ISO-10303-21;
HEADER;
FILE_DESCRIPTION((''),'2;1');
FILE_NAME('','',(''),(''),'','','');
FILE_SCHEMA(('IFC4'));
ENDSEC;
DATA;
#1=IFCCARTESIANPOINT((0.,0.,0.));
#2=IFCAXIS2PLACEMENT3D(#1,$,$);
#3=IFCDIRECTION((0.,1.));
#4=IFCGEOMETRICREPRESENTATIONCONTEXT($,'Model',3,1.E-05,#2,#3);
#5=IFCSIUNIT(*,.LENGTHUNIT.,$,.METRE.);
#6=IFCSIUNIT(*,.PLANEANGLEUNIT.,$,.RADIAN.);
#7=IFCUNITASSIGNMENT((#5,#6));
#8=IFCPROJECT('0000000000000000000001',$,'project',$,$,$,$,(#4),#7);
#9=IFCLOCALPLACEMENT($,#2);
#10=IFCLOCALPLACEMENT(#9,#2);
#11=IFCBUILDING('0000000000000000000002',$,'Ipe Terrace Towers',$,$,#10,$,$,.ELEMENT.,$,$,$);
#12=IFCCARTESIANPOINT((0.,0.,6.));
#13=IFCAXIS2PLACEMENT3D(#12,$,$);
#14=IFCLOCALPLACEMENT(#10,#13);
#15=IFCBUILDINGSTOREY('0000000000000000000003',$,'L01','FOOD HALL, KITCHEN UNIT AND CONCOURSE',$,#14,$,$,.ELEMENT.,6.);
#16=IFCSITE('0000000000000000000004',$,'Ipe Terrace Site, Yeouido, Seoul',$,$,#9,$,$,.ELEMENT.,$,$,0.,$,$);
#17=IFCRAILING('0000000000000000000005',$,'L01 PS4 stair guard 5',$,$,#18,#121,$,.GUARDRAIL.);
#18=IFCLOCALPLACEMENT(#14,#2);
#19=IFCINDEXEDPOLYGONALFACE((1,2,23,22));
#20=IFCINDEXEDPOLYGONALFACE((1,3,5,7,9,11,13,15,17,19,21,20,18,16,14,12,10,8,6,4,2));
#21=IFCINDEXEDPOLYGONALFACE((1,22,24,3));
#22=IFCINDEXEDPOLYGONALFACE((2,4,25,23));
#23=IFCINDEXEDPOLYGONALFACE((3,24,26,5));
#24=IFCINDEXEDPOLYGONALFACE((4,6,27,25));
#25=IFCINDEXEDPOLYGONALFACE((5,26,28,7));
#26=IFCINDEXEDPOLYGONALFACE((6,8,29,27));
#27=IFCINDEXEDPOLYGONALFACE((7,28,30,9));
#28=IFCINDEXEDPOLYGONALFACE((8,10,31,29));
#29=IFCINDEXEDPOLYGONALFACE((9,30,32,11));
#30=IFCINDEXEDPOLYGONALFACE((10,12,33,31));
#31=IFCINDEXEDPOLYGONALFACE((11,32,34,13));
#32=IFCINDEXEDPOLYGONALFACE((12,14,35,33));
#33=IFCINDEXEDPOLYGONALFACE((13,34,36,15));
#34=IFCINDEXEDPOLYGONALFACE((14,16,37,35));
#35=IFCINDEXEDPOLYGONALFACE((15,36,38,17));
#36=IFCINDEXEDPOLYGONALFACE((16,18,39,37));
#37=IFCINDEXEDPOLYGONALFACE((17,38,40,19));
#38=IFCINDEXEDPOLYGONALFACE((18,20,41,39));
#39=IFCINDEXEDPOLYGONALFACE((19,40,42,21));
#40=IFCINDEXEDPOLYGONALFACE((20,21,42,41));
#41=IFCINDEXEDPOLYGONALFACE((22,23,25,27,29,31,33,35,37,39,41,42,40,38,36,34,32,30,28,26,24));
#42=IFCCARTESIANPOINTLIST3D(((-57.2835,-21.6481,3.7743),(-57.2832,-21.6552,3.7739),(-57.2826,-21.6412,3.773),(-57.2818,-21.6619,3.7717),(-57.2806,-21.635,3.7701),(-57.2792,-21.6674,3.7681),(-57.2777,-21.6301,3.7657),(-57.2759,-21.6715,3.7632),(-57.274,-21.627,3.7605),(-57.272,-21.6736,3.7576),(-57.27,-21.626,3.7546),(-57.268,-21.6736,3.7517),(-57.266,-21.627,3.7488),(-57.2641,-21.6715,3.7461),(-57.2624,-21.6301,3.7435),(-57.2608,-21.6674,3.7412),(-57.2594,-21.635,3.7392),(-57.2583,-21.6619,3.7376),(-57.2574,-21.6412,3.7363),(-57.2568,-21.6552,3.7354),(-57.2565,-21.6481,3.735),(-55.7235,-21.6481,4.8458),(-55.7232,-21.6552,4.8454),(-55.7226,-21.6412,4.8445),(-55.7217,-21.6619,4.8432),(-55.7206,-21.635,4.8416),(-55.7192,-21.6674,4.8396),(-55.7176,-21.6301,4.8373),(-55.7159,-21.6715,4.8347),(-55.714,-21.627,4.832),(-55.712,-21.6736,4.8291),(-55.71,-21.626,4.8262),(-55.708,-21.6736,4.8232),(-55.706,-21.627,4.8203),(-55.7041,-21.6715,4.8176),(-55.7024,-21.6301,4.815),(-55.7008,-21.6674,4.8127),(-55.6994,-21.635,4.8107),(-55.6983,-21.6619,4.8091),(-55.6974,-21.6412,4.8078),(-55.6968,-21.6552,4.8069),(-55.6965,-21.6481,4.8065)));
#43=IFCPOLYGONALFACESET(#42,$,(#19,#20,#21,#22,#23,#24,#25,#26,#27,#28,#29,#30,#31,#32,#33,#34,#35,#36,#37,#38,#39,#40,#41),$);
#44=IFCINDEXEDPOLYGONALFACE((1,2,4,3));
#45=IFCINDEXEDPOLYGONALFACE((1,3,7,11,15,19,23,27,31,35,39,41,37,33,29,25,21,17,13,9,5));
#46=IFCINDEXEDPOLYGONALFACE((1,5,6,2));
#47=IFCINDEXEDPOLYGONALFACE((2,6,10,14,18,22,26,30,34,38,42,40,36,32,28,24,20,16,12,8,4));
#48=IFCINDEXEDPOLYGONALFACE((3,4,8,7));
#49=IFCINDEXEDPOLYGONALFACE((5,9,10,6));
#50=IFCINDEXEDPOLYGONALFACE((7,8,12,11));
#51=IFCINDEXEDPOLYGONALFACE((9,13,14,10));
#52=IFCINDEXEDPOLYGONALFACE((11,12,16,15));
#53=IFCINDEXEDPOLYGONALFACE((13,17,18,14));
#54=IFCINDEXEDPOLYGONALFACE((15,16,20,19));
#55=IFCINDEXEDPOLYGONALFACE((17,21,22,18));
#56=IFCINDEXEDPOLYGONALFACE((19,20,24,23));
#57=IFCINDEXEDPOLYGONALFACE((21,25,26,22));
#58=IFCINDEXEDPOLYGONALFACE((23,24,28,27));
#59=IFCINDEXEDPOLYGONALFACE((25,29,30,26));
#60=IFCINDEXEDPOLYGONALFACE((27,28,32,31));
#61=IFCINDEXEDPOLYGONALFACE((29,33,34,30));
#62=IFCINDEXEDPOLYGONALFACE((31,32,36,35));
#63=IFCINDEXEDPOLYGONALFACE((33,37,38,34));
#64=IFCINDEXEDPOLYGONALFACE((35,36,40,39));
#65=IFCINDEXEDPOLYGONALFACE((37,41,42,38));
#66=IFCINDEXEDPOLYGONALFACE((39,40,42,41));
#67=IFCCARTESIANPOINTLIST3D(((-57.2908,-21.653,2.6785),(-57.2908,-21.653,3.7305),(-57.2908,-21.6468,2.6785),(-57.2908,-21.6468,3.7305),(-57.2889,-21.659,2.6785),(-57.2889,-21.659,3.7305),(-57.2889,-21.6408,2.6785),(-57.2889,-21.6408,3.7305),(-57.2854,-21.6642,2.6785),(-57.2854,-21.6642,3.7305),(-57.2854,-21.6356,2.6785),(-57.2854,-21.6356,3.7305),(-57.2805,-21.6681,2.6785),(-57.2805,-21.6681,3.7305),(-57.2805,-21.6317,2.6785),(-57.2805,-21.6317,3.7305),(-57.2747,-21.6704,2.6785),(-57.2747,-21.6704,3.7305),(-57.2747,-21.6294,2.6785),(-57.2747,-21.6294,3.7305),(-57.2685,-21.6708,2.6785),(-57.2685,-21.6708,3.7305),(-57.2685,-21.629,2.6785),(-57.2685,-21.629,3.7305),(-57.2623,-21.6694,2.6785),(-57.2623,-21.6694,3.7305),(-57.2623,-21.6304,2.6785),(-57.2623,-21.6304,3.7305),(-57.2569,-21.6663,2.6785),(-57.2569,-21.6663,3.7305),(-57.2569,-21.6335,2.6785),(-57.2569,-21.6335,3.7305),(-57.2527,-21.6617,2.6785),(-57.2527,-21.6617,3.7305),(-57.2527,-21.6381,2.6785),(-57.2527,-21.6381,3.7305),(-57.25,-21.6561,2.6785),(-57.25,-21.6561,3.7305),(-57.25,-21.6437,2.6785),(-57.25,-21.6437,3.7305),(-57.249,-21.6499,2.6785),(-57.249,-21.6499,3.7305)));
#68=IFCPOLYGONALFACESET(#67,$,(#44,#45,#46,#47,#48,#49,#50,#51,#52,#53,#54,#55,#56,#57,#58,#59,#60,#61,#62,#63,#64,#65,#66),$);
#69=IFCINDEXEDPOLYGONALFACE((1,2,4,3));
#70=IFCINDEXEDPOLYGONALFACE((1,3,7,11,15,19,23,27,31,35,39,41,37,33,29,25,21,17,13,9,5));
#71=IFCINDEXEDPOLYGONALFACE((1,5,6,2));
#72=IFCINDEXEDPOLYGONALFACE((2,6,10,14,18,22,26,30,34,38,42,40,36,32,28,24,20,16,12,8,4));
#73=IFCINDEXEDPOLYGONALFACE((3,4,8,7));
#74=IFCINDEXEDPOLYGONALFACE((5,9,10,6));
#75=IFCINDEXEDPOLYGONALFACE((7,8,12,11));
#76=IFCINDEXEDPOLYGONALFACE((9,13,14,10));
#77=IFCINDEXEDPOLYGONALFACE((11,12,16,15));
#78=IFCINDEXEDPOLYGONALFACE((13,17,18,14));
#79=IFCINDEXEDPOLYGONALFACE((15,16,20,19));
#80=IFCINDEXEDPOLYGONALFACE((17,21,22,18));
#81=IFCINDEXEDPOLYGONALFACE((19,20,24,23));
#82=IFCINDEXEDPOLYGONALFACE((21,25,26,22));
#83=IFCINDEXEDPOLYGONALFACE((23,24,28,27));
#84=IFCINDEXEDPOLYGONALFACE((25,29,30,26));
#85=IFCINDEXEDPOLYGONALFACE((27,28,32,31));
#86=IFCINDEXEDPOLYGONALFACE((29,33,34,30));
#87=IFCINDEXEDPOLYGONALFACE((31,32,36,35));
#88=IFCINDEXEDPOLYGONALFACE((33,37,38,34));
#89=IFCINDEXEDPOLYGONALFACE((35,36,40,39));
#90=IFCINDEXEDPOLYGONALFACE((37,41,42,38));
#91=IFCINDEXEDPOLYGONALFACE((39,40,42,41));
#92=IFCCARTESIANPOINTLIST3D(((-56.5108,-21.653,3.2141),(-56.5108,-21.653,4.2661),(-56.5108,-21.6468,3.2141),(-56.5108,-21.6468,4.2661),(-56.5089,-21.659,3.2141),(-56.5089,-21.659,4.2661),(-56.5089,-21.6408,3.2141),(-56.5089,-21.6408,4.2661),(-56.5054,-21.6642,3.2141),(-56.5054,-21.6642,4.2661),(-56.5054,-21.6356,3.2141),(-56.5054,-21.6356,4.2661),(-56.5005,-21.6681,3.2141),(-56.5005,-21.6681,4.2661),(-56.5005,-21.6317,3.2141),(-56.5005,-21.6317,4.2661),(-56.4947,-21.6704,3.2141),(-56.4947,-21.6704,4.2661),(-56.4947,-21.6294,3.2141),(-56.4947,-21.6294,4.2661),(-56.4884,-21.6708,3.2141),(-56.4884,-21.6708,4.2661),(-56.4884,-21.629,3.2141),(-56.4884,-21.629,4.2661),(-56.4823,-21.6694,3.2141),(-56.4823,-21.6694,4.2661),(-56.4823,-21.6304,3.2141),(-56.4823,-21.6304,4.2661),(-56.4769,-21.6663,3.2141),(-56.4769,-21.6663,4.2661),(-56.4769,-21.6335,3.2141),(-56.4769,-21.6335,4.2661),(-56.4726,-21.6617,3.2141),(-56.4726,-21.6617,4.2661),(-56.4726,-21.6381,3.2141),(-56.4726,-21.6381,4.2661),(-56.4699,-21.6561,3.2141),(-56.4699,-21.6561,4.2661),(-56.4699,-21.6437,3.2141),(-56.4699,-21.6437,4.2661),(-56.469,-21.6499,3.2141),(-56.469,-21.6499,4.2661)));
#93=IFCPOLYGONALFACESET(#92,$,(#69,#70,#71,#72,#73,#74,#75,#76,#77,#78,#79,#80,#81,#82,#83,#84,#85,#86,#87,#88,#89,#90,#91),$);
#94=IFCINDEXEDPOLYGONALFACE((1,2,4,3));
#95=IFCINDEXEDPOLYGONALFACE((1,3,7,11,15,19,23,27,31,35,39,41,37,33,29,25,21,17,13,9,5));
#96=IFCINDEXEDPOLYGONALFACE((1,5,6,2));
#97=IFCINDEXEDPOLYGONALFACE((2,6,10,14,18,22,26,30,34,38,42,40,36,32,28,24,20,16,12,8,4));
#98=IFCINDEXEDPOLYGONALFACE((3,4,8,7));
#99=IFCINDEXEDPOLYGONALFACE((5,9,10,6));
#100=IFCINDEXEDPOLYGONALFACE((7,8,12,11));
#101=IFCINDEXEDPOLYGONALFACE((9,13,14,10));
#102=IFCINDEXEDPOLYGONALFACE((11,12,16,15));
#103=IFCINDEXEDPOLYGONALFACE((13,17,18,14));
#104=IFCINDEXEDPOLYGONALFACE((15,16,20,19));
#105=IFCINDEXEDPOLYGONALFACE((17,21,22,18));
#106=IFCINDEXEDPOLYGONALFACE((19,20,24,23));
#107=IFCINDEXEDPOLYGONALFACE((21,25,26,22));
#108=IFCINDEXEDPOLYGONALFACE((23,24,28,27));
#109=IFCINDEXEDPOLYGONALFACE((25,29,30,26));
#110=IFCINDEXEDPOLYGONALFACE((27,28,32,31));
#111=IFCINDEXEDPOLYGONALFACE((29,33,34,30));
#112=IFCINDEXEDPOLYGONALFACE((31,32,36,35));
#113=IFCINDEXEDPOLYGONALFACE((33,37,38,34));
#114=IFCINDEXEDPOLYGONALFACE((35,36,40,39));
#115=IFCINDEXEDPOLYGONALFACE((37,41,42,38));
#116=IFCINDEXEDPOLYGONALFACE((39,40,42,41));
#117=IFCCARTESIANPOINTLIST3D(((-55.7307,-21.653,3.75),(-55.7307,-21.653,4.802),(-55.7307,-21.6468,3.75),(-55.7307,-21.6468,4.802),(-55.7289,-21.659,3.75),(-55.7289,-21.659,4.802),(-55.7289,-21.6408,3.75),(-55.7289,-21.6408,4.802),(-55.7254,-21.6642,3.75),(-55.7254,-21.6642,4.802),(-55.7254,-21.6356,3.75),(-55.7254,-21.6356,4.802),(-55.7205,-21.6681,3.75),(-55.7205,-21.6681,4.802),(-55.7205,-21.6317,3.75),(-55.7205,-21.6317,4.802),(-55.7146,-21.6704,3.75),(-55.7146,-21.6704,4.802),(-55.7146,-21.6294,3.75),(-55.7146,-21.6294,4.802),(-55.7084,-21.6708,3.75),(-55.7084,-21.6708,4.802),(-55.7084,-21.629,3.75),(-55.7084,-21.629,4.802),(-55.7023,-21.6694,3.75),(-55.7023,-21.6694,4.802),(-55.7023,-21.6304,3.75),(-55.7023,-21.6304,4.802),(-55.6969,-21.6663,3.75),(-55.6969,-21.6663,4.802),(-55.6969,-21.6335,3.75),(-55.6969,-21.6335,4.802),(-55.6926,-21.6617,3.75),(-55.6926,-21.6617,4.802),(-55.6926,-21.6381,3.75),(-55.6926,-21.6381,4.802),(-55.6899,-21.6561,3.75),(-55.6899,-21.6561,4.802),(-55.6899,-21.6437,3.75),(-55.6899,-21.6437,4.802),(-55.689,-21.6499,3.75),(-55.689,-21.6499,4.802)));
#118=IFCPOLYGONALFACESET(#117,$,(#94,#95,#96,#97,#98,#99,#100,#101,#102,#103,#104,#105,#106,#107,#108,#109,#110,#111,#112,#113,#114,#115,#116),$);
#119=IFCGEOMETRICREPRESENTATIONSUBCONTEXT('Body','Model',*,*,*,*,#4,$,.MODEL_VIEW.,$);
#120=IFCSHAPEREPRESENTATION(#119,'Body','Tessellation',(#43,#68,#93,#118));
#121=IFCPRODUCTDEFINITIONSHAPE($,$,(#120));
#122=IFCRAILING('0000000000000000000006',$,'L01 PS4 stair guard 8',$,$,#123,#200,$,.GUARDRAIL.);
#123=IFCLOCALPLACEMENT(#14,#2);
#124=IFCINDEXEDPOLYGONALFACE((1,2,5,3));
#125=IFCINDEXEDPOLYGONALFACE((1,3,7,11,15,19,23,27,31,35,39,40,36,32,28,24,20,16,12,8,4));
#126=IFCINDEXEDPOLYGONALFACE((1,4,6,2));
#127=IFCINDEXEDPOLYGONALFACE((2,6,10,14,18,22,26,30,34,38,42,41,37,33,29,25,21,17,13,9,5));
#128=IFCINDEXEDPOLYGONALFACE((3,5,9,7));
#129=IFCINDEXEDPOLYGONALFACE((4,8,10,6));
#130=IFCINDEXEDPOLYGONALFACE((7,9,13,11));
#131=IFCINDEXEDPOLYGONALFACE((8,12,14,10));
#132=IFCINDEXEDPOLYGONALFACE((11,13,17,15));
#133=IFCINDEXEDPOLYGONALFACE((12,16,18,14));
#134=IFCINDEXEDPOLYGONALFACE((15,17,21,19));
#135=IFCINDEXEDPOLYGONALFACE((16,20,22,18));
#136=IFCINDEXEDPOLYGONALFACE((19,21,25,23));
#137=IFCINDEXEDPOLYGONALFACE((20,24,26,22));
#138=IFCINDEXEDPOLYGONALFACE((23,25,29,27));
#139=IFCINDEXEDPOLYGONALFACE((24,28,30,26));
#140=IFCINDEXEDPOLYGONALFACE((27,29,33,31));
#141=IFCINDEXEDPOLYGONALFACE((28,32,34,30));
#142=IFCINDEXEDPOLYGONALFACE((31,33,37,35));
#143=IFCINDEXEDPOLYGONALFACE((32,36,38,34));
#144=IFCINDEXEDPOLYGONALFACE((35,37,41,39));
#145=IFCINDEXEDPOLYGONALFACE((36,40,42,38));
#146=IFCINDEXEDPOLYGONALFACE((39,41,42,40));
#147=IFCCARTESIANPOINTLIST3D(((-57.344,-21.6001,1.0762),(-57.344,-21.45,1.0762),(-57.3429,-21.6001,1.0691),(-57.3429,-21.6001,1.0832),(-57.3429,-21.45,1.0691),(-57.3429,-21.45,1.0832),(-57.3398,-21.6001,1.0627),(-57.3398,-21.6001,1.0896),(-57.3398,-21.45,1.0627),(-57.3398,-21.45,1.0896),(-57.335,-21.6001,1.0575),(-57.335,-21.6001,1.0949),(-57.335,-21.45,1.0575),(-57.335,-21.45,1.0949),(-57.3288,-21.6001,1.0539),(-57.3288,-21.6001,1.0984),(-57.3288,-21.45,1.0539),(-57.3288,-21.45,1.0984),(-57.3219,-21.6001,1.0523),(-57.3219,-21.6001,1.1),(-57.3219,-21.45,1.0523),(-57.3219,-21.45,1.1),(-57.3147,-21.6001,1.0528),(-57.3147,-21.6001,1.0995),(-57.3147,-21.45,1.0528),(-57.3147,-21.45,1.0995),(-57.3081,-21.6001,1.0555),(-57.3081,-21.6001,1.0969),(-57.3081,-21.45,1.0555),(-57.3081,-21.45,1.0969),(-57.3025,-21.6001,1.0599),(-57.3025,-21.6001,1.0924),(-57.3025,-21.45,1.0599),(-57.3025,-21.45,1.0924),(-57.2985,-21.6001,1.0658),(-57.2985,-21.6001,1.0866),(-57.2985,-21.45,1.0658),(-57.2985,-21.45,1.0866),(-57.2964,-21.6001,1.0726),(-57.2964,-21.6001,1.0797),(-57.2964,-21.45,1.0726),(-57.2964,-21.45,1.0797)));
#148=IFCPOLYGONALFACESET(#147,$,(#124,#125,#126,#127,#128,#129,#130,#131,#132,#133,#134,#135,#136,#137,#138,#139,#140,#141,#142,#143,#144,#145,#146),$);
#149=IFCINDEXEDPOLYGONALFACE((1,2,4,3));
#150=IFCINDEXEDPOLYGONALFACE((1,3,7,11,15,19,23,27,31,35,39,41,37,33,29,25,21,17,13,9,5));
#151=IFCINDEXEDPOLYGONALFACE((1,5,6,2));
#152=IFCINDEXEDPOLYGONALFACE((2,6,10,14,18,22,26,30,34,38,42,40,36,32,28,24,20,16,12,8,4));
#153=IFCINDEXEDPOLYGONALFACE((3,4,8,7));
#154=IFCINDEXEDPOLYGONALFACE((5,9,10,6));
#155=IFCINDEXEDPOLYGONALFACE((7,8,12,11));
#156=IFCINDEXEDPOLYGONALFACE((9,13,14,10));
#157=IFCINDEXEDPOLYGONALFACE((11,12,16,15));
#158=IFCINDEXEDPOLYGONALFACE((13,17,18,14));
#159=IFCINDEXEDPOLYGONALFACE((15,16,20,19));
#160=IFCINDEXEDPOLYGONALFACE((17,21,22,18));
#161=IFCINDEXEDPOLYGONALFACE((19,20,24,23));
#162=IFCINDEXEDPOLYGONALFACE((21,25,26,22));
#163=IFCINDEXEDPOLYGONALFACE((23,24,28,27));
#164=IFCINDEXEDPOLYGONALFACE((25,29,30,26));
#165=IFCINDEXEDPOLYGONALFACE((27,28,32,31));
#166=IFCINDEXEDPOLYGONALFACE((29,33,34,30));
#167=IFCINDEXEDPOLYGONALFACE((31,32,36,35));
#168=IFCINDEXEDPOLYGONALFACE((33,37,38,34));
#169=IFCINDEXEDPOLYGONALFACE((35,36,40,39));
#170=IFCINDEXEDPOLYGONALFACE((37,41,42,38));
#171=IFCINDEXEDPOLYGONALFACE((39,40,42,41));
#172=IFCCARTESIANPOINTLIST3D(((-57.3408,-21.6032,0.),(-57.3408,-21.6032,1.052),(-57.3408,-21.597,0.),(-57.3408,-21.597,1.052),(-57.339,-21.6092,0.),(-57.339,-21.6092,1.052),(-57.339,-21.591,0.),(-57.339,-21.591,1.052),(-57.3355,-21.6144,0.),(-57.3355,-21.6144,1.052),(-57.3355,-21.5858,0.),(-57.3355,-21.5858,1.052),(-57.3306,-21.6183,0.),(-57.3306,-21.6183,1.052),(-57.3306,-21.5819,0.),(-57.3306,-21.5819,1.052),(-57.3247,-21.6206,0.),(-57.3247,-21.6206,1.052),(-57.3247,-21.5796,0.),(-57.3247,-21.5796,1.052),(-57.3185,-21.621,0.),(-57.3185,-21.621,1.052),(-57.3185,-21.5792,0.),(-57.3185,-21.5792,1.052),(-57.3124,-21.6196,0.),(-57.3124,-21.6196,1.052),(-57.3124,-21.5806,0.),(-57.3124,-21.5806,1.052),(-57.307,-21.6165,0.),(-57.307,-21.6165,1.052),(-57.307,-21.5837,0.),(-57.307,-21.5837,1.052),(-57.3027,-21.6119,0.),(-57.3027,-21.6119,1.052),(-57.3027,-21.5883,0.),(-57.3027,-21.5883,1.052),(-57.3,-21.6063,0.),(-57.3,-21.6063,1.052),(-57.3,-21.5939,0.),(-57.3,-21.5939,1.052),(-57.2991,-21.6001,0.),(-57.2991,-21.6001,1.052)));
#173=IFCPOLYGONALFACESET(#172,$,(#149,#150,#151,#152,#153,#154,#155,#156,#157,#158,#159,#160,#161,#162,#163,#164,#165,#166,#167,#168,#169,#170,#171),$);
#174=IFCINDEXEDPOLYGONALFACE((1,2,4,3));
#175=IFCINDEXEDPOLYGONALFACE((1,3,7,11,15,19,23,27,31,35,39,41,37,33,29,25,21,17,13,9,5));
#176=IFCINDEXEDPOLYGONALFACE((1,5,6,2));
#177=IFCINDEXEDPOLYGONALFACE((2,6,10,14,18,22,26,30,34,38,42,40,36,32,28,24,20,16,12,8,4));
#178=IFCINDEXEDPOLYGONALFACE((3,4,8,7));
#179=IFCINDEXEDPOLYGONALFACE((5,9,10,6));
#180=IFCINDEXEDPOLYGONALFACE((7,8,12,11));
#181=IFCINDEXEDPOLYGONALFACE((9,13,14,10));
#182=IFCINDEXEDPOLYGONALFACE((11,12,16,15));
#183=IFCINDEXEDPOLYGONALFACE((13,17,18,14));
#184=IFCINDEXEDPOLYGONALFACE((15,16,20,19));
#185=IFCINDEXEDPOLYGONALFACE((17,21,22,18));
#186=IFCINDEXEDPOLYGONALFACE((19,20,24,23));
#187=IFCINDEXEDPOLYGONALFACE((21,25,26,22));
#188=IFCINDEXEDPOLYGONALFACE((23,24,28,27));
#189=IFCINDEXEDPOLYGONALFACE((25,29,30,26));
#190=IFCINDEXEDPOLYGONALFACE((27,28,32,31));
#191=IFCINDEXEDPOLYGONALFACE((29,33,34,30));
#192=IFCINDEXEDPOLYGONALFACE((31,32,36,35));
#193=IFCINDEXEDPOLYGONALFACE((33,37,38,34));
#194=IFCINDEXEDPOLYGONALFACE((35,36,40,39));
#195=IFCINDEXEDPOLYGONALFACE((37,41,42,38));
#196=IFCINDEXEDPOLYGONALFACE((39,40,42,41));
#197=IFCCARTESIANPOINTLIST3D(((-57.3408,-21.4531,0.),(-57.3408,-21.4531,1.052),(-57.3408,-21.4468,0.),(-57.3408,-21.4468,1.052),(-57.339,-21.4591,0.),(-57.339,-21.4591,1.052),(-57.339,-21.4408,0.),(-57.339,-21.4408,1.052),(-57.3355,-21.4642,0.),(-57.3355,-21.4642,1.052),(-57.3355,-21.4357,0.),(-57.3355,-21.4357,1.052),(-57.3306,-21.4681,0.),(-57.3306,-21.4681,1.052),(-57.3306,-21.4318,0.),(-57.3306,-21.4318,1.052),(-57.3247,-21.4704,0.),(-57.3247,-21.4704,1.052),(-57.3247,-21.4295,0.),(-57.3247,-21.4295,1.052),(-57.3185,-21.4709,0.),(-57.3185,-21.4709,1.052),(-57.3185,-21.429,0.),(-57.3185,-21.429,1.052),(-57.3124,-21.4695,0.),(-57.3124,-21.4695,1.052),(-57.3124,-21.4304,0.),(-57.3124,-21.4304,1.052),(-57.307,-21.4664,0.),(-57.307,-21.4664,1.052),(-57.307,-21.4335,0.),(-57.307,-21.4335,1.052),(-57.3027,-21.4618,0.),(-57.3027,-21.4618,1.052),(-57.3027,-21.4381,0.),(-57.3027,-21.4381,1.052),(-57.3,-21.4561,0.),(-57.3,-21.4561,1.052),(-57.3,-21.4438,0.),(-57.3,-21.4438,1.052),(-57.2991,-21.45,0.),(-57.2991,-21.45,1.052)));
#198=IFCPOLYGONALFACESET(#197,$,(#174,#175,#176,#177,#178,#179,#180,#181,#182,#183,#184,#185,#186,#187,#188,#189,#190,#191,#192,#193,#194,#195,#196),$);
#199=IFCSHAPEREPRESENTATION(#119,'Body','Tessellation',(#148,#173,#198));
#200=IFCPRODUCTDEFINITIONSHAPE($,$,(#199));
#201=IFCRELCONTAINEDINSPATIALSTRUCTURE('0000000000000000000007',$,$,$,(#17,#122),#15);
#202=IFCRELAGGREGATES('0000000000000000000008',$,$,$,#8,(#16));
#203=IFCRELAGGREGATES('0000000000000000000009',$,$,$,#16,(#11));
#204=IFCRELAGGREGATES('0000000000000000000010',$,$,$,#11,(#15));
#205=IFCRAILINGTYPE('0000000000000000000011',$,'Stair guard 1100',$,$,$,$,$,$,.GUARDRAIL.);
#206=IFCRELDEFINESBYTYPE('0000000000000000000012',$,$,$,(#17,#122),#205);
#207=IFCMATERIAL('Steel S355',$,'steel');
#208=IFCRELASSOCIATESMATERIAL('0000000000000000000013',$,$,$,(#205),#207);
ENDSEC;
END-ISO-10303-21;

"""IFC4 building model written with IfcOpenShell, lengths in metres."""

from ifc_helpers import new_model, si_unit, direction, frame, origin, origin_2d, place, context, subcontext, project, spatial, circle, extrude, material, type_object, element, save


model = new_model("IFC4")

# Units and contexts
model_context = context("Model", 3, precision=1e-05, world=origin(), true_north=direction((0.0, 1.0)))
body_context = subcontext(model_context, "Body", "Model", "MODEL_VIEW")
ifc_project = project(units=[si_unit("LENGTHUNIT", "METRE"), si_unit("PLANEANGLEUNIT", "RADIAN")], contexts=[model_context])

# Site, building, storey
site_placement = place(None, origin())
site = spatial("IfcSite", under=ifc_project, at=site_placement, Name="Ipe Terrace Site, Yeouido, Seoul", CompositionType="ELEMENT", RefElevation=0.0)
building_placement = place(site_placement, origin())
building = spatial("IfcBuilding", under=site, at=building_placement, Name="Ipe Terrace Towers", CompositionType="ELEMENT")
storey_placement = place(building_placement, frame((0.0, 0.0, 6.0)))
storey = spatial("IfcBuildingStorey", under=building, at=storey_placement, Name="L01", Description="FOOD HALL, KITCHEN UNIT AND CONCOURSE", CompositionType="ELEMENT", Elevation=6.0)

# Railings
ifc_material_1 = material(Name="Steel S355", Category="steel")
railing_type_1 = type_object("IfcRailingType", Name="Stair guard 1100", PredefinedType="GUARDRAIL", material=ifc_material_1)
railing_1_placement = place(storey_placement, frame((-57.27, -21.6499, 2.6785)))
element("IfcRailing", 1, at=railing_1_placement, inside=storey, type_object=railing_type_1, Name="L01 PS4 stair guard 5", PredefinedType="GUARDRAIL", context=body_context, shape_type="SweptSolid", body=[
    extrude(circle(Radius=0.0239, at=origin_2d()), frame((0.0, 0.0, 1.0762), z_axis=(0.82429, 0.0, 0.566167), x_axis=(0.0, 1.0, 0.0)), (0.0, 0.0, 1.0), 1.8926),
    extrude(circle(Radius=0.021, at=origin_2d()), origin(), (0.0, 0.0, 1.0), 1.052),
    extrude(circle(Radius=0.021, at=origin_2d()), frame((0.78, 0.0, 0.5356)), (0.0, 0.0, 1.0), 1.052),
    extrude(circle(Radius=0.021, at=origin_2d()), frame((1.5601, 0.0, 1.0715)), (0.0, 0.0, 1.0), 1.052),
])
railing_2_placement = place(storey_placement, frame((-57.3201, -21.6001, 0.0)))
element("IfcRailing", 2, at=railing_2_placement, inside=storey, type_object=railing_type_1, Name="L01 PS4 stair guard 8", PredefinedType="GUARDRAIL", context=body_context, shape_type="SweptSolid", body=[
    extrude(circle(Radius=0.0239, at=origin_2d()), frame((0.0, 0.0, 1.0762), z_axis=(0.0, 1.0, 0.0), x_axis=(-1.0, 0.0, 0.0)), (0.0, 0.0, 1.0), 0.1501),
    extrude(circle(Radius=0.021, at=origin_2d()), origin(), (0.0, 0.0, 1.0), 1.052),
    extrude(circle(Radius=0.021, at=origin_2d()), frame((0.0, 0.1501, 0.0)), (0.0, 0.0, 1.0), 1.052),
])

save(model, "model.ifc")
